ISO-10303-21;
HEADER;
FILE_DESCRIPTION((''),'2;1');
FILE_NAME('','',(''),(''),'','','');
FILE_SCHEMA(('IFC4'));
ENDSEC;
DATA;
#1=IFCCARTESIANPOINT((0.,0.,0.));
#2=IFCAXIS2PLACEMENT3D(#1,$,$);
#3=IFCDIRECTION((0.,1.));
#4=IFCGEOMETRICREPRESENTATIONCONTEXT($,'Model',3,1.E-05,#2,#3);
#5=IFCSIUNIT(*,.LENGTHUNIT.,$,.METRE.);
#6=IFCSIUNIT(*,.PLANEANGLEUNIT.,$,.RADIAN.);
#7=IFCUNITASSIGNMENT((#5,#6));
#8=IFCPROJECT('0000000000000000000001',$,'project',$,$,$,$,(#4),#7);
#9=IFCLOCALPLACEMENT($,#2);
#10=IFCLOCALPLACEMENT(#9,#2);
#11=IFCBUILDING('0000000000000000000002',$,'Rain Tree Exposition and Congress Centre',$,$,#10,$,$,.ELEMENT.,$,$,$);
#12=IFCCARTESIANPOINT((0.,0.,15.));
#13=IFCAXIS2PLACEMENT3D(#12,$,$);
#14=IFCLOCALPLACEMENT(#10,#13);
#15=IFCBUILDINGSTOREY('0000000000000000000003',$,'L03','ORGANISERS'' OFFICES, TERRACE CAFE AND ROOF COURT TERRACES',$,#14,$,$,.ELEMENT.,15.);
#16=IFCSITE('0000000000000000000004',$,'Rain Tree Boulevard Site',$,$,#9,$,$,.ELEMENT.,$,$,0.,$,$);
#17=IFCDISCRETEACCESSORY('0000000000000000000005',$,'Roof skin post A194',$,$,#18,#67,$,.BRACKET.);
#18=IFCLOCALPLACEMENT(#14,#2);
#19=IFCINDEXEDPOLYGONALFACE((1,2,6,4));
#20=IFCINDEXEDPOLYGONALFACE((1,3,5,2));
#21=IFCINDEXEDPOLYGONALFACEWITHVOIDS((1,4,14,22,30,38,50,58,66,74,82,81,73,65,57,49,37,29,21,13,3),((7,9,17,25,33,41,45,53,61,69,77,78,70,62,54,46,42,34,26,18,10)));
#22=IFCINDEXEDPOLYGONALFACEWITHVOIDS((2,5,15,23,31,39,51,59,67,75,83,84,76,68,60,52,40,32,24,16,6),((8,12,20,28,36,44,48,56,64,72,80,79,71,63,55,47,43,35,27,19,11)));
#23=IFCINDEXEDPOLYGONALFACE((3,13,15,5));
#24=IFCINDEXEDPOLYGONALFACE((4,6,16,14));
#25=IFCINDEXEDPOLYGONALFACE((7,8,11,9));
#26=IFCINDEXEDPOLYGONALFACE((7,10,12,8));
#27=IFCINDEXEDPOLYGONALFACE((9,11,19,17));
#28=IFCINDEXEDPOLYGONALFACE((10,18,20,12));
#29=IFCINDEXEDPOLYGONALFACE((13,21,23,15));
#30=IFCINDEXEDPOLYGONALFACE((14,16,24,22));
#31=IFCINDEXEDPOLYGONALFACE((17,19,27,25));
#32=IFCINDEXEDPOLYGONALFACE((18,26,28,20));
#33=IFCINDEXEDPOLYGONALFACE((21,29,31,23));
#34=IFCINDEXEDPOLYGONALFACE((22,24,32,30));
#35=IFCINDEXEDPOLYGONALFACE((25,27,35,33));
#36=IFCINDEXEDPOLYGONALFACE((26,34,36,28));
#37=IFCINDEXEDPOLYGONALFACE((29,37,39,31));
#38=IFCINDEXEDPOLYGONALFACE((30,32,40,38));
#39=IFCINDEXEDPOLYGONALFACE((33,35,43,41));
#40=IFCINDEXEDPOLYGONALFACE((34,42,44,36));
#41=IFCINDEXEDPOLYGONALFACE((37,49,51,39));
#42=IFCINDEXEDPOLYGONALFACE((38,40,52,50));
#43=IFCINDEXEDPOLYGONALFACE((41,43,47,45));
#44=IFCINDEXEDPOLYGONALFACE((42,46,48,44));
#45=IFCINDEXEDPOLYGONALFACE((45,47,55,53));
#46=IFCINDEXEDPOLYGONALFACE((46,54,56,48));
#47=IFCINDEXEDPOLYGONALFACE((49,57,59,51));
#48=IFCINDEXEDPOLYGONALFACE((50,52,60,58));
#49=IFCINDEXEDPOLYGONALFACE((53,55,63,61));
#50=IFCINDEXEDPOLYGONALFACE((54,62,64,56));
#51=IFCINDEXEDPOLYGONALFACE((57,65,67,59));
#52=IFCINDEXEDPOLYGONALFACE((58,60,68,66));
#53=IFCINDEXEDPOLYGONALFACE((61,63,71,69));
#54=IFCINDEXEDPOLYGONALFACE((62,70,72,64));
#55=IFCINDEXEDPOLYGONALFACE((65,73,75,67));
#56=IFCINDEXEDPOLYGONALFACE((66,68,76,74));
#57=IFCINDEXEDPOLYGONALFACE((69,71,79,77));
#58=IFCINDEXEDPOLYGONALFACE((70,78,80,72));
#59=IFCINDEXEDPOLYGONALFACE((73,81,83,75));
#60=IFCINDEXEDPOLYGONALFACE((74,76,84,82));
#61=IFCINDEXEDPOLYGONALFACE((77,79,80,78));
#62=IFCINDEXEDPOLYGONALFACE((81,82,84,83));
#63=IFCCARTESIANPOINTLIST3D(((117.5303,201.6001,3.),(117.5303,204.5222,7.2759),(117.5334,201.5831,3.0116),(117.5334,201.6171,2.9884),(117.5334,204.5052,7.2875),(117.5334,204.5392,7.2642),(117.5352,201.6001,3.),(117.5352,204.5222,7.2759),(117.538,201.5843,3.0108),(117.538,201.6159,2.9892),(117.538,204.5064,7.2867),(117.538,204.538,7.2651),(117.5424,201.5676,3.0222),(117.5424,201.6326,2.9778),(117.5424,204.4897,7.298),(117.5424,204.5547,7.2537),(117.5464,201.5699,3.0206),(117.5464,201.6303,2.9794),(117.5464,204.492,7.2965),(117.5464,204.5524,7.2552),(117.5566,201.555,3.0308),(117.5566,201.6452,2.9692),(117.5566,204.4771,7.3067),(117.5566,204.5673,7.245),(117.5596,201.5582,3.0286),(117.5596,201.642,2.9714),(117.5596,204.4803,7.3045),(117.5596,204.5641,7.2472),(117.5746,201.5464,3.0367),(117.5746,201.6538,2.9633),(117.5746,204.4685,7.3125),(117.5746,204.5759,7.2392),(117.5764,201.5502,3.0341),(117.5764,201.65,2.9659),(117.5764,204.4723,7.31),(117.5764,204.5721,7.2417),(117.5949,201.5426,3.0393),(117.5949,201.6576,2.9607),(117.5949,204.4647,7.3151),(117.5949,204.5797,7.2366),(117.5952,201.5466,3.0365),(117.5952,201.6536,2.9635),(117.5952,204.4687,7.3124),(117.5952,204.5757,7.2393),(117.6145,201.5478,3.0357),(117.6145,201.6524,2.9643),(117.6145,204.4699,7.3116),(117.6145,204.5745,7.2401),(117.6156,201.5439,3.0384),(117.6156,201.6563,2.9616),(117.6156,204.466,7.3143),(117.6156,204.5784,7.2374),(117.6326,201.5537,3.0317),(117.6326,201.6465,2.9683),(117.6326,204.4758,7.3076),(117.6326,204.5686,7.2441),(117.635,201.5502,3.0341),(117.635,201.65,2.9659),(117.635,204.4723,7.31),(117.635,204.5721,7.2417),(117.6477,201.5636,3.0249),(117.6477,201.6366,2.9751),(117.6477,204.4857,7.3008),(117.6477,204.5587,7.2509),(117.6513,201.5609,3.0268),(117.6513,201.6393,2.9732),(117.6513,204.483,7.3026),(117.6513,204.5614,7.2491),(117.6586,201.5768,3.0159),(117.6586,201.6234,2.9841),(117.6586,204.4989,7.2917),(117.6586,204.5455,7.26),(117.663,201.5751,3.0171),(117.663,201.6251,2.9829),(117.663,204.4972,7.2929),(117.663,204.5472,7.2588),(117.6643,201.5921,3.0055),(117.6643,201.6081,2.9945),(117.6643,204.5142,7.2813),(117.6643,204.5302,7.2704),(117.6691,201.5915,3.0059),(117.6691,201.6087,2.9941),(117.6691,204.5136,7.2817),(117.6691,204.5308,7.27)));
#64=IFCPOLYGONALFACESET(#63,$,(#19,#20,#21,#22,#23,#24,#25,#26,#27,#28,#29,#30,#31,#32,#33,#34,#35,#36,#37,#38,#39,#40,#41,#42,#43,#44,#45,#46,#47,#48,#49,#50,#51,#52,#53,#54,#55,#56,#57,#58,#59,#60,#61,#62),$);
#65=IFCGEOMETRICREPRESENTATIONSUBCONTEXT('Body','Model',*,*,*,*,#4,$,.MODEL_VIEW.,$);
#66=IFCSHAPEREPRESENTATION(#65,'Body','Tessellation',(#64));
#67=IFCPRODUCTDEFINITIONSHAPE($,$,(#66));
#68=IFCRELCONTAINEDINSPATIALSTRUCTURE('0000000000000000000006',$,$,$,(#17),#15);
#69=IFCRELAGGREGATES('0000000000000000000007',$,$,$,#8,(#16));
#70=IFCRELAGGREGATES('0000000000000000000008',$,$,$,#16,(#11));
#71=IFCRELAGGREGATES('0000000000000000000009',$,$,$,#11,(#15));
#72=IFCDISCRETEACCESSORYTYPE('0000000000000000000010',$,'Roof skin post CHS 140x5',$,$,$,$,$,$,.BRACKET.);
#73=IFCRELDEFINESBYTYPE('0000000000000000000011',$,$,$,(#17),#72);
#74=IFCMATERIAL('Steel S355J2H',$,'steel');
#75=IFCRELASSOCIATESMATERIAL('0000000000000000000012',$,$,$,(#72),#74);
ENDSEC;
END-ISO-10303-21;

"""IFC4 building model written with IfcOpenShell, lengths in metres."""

from ifc_helpers import new_model, si_unit, direction, frame, origin, origin_2d, place, context, subcontext, project, spatial, hollow_circle, extrude, material, material_profile, profile_set, type_object, element, save


model = new_model("IFC4")

# Units and contexts
model_context = context("Model", 3, precision=1e-05, world=origin(), true_north=direction((0.0, 1.0)))
body_context = subcontext(model_context, "Body", "Model", "MODEL_VIEW")
ifc_project = project(units=[si_unit("LENGTHUNIT", "METRE"), si_unit("PLANEANGLEUNIT", "RADIAN")], contexts=[model_context])

# Site, building, storey
site_placement = place(None, origin())
site = spatial("IfcSite", under=ifc_project, at=site_placement, Name="Rain Tree Boulevard Site", CompositionType="ELEMENT", RefElevation=0.0)
building_placement = place(site_placement, origin())
building = spatial("IfcBuilding", under=site, at=building_placement, Name="Rain Tree Exposition and Congress Centre", CompositionType="ELEMENT")
storey_placement = place(building_placement, frame((0.0, 0.0, 15.0)))
storey = spatial("IfcBuildingStorey", under=building, at=storey_placement, Name="L03", Description="ORGANISERS' OFFICES, TERRACE CAFE AND ROOF COURT TERRACES", CompositionType="ELEMENT", Elevation=15.0)

# Discrete accessory
ifc_material_1 = material(Name="Steel S355J2H", Category="steel")
ifc_material_profile_1 = material_profile(ifc_material_1, hollow_circle(Radius=0.0698, WallThickness=0.0049, at=origin_2d()), Name="CHS 140x5")
ifc_profile_set_1 = profile_set([ifc_material_profile_1], Name="Steel S355J2H")
discrete_accessory_type_1 = type_object("IfcDiscreteAccessoryType", Name="Roof skin post CHS 140x5", PredefinedType="BRACKET", material=ifc_profile_set_1)
discrete_accessory_1_placement = place(storey_placement, frame((117.6001, 201.6001, 3.0), z_axis=(0.0, 0.564226, 0.82562), x_axis=(-1.0, 0.0, 0.0)))
element("IfcDiscreteAccessory", 1, at=discrete_accessory_1_placement, inside=storey, type_object=discrete_accessory_type_1, Name="Roof skin post A194", PredefinedType="BRACKET", context=body_context, shape_type="SweptSolid", body=[
    extrude(hollow_circle(Radius=0.0698, WallThickness=0.0049, at=origin_2d()), origin(), (0.0, 0.0, 1.0), 5.179),
])

save(model, "model.ifc")
